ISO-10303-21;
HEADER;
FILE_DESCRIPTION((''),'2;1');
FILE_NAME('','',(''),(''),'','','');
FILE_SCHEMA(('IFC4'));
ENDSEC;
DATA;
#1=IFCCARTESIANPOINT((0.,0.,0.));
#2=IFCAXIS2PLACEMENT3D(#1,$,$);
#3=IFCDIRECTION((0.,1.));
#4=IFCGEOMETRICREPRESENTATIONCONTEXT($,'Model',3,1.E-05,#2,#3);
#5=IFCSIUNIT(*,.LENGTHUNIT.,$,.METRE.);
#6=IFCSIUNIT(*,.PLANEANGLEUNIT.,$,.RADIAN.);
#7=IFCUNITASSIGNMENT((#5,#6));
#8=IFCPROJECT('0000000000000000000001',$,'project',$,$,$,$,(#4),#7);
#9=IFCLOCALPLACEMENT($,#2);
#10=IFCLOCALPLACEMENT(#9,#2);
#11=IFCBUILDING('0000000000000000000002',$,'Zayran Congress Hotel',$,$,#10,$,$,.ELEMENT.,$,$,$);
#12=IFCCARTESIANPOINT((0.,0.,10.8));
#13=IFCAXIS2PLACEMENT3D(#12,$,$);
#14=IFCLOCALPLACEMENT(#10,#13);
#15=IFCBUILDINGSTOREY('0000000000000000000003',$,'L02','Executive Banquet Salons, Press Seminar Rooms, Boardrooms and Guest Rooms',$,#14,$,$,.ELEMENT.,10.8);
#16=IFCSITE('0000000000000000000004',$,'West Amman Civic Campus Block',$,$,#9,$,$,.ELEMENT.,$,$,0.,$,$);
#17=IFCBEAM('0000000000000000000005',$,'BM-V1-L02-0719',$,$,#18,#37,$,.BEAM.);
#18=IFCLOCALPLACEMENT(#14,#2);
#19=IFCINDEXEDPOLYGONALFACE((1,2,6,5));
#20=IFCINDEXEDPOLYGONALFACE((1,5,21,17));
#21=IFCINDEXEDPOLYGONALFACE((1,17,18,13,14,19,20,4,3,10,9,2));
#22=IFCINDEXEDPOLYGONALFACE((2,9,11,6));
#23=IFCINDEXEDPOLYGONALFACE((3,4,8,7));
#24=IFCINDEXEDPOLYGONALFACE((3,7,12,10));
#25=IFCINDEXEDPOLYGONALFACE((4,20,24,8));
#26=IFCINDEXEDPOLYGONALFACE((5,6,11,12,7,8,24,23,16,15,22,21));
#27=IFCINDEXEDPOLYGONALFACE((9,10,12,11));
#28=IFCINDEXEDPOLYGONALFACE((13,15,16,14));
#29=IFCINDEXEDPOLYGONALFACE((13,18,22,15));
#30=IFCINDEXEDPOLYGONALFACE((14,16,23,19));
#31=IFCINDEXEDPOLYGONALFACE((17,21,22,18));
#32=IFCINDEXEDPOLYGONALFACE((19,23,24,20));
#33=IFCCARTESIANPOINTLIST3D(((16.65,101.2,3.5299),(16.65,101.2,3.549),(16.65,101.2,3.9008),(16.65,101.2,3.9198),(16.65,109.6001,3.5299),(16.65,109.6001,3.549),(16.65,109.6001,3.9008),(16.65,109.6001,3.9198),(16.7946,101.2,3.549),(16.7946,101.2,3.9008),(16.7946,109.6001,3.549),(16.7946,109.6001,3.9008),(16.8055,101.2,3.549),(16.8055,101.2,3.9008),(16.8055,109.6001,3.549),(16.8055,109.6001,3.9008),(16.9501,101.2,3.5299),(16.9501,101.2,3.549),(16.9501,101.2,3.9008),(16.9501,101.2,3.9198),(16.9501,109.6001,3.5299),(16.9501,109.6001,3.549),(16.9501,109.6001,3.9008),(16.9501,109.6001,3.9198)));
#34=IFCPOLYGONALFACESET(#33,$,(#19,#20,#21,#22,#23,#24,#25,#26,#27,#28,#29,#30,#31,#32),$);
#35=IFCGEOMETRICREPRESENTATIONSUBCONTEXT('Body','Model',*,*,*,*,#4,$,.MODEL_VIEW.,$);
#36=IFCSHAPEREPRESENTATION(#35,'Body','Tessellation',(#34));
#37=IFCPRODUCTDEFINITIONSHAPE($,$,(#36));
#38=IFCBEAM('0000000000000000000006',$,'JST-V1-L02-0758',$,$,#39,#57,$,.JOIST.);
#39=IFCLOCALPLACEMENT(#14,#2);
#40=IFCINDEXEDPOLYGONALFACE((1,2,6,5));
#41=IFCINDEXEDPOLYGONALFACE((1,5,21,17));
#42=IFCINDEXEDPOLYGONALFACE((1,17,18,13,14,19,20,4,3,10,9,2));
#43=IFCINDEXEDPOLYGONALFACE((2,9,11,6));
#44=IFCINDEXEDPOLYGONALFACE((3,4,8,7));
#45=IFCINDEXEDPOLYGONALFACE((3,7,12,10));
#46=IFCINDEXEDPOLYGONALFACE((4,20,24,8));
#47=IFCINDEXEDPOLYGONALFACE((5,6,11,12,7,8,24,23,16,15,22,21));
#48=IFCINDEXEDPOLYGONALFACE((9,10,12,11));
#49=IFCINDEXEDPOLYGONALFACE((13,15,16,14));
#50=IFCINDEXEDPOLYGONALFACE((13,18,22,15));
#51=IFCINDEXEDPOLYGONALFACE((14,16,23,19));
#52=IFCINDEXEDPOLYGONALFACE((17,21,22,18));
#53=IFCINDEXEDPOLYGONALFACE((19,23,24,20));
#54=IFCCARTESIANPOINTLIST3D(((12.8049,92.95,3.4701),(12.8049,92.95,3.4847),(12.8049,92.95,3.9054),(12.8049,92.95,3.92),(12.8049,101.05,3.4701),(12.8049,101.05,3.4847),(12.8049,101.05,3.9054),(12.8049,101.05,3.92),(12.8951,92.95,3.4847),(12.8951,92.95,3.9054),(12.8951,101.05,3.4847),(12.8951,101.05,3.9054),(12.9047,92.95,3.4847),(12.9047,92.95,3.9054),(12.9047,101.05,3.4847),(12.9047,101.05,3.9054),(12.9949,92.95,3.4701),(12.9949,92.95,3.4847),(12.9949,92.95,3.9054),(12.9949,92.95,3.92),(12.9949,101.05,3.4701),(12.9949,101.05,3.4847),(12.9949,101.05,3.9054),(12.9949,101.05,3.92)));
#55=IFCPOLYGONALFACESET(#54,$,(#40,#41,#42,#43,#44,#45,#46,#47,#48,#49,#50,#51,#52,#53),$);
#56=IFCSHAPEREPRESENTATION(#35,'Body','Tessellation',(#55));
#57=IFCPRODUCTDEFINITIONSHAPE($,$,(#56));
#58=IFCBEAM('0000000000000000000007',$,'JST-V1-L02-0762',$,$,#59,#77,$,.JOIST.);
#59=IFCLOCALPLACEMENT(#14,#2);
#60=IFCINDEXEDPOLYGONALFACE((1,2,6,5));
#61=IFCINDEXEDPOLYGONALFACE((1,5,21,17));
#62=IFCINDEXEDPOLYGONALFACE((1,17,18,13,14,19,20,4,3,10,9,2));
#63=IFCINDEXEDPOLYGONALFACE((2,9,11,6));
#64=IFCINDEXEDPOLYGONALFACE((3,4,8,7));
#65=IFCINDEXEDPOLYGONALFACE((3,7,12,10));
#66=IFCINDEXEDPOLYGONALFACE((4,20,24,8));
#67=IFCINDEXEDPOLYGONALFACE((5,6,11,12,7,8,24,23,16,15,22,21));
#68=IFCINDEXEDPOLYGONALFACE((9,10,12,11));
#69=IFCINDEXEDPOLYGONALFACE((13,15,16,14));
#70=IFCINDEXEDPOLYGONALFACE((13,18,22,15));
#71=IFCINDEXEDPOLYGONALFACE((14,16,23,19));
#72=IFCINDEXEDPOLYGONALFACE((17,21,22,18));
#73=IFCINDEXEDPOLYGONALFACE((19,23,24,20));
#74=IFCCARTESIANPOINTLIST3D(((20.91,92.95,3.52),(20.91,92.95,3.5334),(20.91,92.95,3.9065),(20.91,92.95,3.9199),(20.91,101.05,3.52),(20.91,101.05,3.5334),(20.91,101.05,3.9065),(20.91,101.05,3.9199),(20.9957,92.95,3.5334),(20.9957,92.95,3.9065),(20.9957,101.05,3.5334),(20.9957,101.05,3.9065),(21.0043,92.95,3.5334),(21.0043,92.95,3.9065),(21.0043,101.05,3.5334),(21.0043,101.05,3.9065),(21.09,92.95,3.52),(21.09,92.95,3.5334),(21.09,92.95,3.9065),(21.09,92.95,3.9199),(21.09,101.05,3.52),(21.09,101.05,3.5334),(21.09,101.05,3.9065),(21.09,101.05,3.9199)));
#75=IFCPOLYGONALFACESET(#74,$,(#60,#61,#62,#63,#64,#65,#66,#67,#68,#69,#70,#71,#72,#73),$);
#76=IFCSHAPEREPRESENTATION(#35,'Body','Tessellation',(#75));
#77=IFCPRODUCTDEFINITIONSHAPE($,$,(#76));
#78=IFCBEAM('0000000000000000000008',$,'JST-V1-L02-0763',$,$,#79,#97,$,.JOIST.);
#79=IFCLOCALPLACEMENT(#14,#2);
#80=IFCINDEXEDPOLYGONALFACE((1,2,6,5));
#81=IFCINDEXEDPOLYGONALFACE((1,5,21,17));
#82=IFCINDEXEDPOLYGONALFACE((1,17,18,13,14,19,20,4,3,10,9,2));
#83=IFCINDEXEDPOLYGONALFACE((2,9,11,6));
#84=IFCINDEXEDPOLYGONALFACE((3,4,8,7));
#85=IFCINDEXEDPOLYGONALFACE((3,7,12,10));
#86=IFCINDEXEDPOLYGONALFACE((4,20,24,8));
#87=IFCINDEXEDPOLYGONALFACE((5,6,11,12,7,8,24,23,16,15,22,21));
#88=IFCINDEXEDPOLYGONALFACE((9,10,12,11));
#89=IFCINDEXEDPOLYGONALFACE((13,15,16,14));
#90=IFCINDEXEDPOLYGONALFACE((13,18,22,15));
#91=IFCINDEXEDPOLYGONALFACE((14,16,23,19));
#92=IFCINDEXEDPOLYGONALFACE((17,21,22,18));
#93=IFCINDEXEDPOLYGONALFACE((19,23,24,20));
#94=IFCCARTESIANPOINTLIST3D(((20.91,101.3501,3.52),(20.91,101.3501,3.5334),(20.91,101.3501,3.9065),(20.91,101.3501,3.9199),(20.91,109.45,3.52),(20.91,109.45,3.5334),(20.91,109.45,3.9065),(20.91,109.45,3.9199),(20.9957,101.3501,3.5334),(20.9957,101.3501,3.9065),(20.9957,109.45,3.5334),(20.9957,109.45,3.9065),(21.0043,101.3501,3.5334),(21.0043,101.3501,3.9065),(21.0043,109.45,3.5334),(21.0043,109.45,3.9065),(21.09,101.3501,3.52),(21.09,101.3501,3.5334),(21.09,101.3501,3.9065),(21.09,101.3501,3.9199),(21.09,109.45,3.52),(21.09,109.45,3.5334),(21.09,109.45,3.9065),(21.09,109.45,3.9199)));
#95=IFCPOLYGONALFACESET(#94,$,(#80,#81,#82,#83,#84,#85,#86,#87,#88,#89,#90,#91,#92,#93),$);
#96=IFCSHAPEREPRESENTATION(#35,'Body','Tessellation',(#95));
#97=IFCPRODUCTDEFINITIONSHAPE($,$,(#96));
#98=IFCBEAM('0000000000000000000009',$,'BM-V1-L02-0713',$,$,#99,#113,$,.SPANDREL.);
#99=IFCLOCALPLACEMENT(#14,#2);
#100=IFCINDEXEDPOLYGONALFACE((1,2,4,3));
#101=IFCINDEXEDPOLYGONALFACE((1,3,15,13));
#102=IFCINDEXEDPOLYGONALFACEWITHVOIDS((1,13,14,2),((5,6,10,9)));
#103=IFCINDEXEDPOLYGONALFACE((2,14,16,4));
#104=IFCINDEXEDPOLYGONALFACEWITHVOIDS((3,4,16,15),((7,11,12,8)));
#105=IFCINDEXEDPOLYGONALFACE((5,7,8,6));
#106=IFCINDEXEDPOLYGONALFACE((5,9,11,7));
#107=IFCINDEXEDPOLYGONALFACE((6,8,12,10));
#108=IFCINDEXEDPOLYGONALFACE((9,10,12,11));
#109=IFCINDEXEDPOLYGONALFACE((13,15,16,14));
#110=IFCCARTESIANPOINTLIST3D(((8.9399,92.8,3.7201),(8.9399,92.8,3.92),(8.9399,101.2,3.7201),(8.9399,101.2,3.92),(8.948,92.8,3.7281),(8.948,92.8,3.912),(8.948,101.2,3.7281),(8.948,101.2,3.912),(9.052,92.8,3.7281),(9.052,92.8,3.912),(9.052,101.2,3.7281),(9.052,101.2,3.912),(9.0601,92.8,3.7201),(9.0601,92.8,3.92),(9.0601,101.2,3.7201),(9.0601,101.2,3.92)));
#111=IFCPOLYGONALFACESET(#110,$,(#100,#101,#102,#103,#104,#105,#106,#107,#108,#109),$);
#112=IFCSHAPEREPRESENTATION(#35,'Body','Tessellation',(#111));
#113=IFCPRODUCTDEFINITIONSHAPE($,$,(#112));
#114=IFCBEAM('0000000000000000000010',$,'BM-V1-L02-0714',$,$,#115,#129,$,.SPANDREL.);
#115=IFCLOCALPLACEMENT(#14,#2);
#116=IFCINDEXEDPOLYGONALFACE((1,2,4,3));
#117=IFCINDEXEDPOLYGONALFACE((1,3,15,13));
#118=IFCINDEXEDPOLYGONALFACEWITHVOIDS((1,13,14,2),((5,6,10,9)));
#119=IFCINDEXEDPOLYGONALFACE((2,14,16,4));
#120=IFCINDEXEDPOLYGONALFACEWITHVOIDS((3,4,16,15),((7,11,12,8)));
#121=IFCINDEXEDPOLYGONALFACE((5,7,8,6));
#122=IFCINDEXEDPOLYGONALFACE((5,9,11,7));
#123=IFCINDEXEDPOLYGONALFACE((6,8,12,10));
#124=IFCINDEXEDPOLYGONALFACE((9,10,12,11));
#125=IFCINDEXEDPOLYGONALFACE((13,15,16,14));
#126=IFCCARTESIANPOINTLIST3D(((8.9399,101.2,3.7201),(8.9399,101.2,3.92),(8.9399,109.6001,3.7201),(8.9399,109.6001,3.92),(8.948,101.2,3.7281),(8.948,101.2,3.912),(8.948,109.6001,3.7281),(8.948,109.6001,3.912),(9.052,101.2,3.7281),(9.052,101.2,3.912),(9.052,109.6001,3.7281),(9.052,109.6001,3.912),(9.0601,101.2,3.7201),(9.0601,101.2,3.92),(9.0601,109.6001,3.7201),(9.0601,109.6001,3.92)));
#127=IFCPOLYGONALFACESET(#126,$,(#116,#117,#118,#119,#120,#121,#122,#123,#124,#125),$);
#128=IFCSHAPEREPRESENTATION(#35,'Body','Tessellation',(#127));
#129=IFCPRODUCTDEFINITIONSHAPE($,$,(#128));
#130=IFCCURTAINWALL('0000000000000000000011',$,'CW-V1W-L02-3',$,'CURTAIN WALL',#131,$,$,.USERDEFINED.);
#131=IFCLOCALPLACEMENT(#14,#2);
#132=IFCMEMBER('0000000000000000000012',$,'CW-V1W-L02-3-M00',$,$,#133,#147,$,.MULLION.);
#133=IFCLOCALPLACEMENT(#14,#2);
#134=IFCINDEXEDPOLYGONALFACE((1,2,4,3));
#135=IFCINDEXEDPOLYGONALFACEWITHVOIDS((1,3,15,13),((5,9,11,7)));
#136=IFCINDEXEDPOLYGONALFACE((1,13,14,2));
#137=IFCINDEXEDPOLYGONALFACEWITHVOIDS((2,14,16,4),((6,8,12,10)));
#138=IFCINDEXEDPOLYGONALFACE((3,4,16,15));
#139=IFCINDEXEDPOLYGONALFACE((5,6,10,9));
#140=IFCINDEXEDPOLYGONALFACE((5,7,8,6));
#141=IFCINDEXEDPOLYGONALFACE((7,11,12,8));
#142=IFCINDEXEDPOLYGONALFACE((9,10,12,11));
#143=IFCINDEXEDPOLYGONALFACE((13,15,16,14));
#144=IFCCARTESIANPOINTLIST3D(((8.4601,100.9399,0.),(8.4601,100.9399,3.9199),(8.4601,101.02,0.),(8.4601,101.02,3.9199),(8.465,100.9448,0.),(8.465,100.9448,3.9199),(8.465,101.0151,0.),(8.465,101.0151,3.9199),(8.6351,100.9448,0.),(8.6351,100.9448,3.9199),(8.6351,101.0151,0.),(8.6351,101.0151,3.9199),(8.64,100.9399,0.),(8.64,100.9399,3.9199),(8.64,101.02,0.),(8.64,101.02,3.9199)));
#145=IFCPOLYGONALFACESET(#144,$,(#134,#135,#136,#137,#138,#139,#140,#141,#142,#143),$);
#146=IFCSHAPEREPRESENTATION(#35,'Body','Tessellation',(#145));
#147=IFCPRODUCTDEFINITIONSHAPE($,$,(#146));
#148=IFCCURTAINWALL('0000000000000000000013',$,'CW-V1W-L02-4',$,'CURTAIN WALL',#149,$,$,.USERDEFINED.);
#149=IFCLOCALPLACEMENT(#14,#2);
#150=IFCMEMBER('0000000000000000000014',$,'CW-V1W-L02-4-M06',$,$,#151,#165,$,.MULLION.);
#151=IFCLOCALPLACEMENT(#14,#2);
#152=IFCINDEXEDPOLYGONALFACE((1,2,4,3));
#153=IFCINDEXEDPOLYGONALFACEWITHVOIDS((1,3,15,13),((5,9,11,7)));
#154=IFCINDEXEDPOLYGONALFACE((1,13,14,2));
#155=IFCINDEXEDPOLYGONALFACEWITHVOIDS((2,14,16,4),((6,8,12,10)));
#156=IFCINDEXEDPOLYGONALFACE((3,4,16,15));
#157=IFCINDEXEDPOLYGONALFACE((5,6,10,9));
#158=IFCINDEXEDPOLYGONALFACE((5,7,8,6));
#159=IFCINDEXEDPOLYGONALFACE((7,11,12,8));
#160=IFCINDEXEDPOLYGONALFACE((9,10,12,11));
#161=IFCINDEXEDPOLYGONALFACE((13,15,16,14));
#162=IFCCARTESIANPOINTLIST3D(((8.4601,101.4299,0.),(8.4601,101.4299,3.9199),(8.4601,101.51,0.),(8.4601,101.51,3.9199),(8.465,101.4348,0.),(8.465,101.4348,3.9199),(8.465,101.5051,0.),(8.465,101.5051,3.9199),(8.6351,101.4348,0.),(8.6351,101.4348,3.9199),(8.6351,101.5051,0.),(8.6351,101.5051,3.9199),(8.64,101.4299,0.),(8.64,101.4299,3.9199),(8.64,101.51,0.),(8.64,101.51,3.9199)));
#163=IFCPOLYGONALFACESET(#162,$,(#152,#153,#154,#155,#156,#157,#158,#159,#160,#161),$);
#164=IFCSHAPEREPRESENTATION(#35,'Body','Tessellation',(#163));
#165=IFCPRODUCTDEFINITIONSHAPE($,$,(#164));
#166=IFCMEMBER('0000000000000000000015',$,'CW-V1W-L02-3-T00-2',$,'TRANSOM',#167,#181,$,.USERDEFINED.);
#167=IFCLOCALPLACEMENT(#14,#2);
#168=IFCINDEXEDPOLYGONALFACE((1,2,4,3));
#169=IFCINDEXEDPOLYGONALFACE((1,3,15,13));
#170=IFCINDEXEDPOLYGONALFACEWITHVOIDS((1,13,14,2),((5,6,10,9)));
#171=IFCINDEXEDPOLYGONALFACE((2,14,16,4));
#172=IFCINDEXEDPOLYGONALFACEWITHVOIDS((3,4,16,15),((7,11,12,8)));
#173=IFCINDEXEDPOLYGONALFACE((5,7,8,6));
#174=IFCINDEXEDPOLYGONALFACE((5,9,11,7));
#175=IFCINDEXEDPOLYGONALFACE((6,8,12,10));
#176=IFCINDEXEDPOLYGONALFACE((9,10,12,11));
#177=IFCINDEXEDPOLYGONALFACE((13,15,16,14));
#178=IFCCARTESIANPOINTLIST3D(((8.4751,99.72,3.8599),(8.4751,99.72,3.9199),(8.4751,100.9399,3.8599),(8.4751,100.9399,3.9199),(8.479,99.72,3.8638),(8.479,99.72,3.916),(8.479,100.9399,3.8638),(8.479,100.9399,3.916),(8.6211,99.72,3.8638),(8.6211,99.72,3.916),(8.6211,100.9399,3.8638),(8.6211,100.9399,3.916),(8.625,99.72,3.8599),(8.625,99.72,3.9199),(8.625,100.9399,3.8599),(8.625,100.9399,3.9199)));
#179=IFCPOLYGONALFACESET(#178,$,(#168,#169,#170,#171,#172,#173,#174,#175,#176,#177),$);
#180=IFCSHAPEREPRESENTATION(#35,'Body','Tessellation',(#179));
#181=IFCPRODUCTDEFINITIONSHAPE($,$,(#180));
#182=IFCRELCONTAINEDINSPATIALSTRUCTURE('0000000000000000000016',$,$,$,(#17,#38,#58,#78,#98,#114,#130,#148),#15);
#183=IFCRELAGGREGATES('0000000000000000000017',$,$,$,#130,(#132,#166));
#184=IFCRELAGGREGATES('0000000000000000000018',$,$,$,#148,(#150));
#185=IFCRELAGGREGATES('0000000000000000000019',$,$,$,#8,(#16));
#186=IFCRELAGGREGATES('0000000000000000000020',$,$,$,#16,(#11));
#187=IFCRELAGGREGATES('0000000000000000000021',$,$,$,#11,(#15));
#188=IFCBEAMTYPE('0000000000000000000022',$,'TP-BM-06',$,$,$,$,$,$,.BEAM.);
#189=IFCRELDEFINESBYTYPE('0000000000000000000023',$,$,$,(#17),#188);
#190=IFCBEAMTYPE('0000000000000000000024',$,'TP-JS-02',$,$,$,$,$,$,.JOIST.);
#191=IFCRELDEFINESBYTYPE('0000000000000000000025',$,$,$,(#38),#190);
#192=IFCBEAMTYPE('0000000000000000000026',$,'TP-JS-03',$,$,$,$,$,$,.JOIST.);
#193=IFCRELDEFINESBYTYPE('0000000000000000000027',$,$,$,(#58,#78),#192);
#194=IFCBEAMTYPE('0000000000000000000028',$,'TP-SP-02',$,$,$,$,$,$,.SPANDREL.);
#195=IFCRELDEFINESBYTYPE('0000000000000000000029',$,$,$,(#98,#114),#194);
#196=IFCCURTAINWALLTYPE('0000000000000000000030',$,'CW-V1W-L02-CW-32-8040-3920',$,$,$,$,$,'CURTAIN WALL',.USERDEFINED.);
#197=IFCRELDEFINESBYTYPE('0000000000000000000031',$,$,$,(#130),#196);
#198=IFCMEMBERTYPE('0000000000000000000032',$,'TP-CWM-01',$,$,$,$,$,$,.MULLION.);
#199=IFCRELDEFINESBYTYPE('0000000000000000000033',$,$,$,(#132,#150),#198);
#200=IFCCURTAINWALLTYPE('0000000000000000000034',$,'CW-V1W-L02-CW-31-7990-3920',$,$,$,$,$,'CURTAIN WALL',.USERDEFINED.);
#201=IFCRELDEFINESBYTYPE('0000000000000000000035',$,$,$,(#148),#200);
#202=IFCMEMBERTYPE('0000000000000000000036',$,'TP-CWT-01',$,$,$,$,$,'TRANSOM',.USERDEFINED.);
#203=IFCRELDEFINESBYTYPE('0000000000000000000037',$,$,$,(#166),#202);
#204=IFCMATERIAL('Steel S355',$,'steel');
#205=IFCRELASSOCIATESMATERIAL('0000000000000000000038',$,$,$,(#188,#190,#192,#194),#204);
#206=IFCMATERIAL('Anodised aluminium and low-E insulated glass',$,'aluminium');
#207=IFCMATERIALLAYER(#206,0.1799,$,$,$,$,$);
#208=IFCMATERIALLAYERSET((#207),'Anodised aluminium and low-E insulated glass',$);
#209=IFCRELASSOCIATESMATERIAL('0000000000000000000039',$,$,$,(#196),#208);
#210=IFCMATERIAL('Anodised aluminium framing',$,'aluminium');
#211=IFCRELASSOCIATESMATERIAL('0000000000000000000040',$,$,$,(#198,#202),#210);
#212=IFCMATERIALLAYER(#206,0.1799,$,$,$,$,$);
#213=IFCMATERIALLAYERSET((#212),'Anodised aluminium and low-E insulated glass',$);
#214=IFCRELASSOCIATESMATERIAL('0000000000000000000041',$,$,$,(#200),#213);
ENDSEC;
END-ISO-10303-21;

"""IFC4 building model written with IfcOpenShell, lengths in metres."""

from ifc_helpers import new_model, si_unit, direction, frame, origin, origin_2d, place, context, subcontext, project, spatial, hollow_rectangle, i_section, extrude, material, layer, layer_set, material_profile, profile_set, type_object, element, aggregate, save


model = new_model("IFC4")

# Units and contexts
model_context = context("Model", 3, precision=1e-05, world=origin(), true_north=direction((0.0, 1.0)))
body_context = subcontext(model_context, "Body", "Model", "MODEL_VIEW")
ifc_project = project(units=[si_unit("LENGTHUNIT", "METRE"), si_unit("PLANEANGLEUNIT", "RADIAN")], contexts=[model_context])

# Site, building, storey
site_placement = place(None, origin())
site = spatial("IfcSite", under=ifc_project, at=site_placement, Name="West Amman Civic Campus Block", CompositionType="ELEMENT", RefElevation=0.0)
building_placement = place(site_placement, origin())
building = spatial("IfcBuilding", under=site, at=building_placement, Name="Zayran Congress Hotel", CompositionType="ELEMENT")
storey_placement = place(building_placement, frame((0.0, 0.0, 10.8)))
storey = spatial("IfcBuildingStorey", under=building, at=storey_placement, Name="L02", Description="Executive Banquet Salons, Press Seminar Rooms, Boardrooms and Guest Rooms", CompositionType="ELEMENT", Elevation=10.8)

# Shared definitions
ifc_material_1 = material(Name="Steel S355", Category="steel")

# Beams
ifc_material_profile_1 = material_profile(ifc_material_1, i_section(OverallWidth=0.3, OverallDepth=0.3899, WebThickness=0.011, FlangeThickness=0.019, at=origin_2d()), Name="HEA 400")
ifc_profile_set_1 = profile_set([ifc_material_profile_1], Name="Steel S355")
beam_type_1 = type_object("IfcBeamType", Name="TP-BM-06", PredefinedType="BEAM", material=ifc_profile_set_1)
beam_1_placement = place(storey_placement, frame((16.8, 101.2, 3.7249), z_axis=(0.0, 1.0, 0.0), x_axis=(-1.0, 0.0, 0.0)))
element("IfcBeam", 1, at=beam_1_placement, inside=storey, type_object=beam_type_1, Name="BM-V1-L02-0719", PredefinedType="BEAM", context=body_context, shape_type="SweptSolid", body=[
    extrude(i_section(OverallWidth=0.3, OverallDepth=0.3899, WebThickness=0.011, FlangeThickness=0.019, at=origin_2d()), origin(), (0.0, 0.0, 1.0), 8.4001),
])
ifc_material_profile_2 = material_profile(ifc_material_1, i_section(OverallWidth=0.1899, OverallDepth=0.45, WebThickness=0.0095, FlangeThickness=0.0146, at=origin_2d()), Name="IPE 450")
ifc_profile_set_2 = profile_set([ifc_material_profile_2], Name="Steel S355")
beam_type_2 = type_object("IfcBeamType", Name="TP-JS-02", PredefinedType="JOIST", material=ifc_profile_set_2)
beam_2_placement = place(storey_placement, frame((12.8999, 92.95, 3.6951), z_axis=(0.0, 1.0, 0.0), x_axis=(-1.0, 0.0, 0.0)))
element("IfcBeam", 2, at=beam_2_placement, inside=storey, type_object=beam_type_2, Name="JST-V1-L02-0758", PredefinedType="JOIST", context=body_context, shape_type="SweptSolid", body=[
    extrude(i_section(OverallWidth=0.1899, OverallDepth=0.45, WebThickness=0.0095, FlangeThickness=0.0146, at=origin_2d()), origin(), (0.0, 0.0, 1.0), 8.1001),
])
ifc_material_profile_3 = material_profile(ifc_material_1, i_section(OverallWidth=0.1799, OverallDepth=0.3999, WebThickness=0.0085, FlangeThickness=0.0134, at=origin_2d()), Name="IPE 400")
ifc_profile_set_3 = profile_set([ifc_material_profile_3], Name="Steel S355")
beam_type_3 = type_object("IfcBeamType", Name="TP-JS-03", PredefinedType="JOIST", material=ifc_profile_set_3)
beam_3_placement = place(storey_placement, frame((21.0, 92.95, 3.72), z_axis=(0.0, 1.0, 0.0), x_axis=(-1.0, 0.0, 0.0)))
element("IfcBeam", 3, at=beam_3_placement, inside=storey, type_object=beam_type_3, Name="JST-V1-L02-0762", PredefinedType="JOIST", context=body_context, shape_type="SweptSolid", body=[
    extrude(i_section(OverallWidth=0.1799, OverallDepth=0.3999, WebThickness=0.0085, FlangeThickness=0.0134, at=origin_2d()), origin(), (0.0, 0.0, 1.0), 8.1001),
])
beam_4_placement = place(storey_placement, frame((21.0, 101.3501, 3.72), z_axis=(0.0, 1.0, 0.0), x_axis=(-1.0, 0.0, 0.0)))
element("IfcBeam", 4, at=beam_4_placement, inside=storey, type_object=beam_type_3, Name="JST-V1-L02-0763", PredefinedType="JOIST", context=body_context, shape_type="SweptSolid", body=[
    extrude(i_section(OverallWidth=0.1799, OverallDepth=0.3999, WebThickness=0.0085, FlangeThickness=0.0134, at=origin_2d()), origin(), (0.0, 0.0, 1.0), 8.0999),
])
ifc_material_profile_4 = material_profile(ifc_material_1, hollow_rectangle(XDim=0.1201, YDim=0.2, WallThickness=0.0081, at=origin_2d()), Name="RHS 200x120x8")
ifc_profile_set_4 = profile_set([ifc_material_profile_4], Name="Steel S355")
beam_type_4 = type_object("IfcBeamType", Name="TP-SP-02", PredefinedType="SPANDREL", material=ifc_profile_set_4)
beam_5_placement = place(storey_placement, frame((9.0, 92.8, 3.8201), z_axis=(0.0, 1.0, 0.0), x_axis=(-1.0, 0.0, 0.0)))
element("IfcBeam", 5, at=beam_5_placement, inside=storey, type_object=beam_type_4, Name="BM-V1-L02-0713", PredefinedType="SPANDREL", context=body_context, shape_type="SweptSolid", body=[
    extrude(hollow_rectangle(XDim=0.1201, YDim=0.2, WallThickness=0.0081, at=origin_2d()), origin(), (0.0, 0.0, 1.0), 8.3999),
])
beam_6_placement = place(storey_placement, frame((9.0, 101.2, 3.8201), z_axis=(0.0, 1.0, 0.0), x_axis=(-1.0, 0.0, 0.0)))
element("IfcBeam", 6, at=beam_6_placement, inside=storey, type_object=beam_type_4, Name="BM-V1-L02-0714", PredefinedType="SPANDREL", context=body_context, shape_type="SweptSolid", body=[
    extrude(hollow_rectangle(XDim=0.1201, YDim=0.2, WallThickness=0.0081, at=origin_2d()), origin(), (0.0, 0.0, 1.0), 8.4001),
])

# Curtain walls, members
ifc_material_2 = material(Name="Anodised aluminium and low-E insulated glass", Category="aluminium")
ifc_layer_1 = layer(ifc_material_2, 0.1799)
ifc_layer_set_1 = layer_set([ifc_layer_1], Name="Anodised aluminium and low-E insulated glass")
curtain_wall_type_1 = type_object("IfcCurtainWallType", Name="CW-V1W-L02-CW-32-8040-3920", ElementType="CURTAIN WALL", PredefinedType="USERDEFINED", material=ifc_layer_set_1)
curtain_wall_1_placement = place(storey_placement, origin())
curtain_wall_1 = element("IfcCurtainWall", 7, at=curtain_wall_1_placement, inside=storey, type_object=curtain_wall_type_1, Name="CW-V1W-L02-3", ObjectType="CURTAIN WALL", PredefinedType="USERDEFINED")
ifc_material_3 = material(Name="Anodised aluminium framing", Category="aluminium")
ifc_material_profile_5 = material_profile(ifc_material_3, hollow_rectangle(XDim=0.0801, YDim=0.1799, WallThickness=0.0049, at=origin_2d()), Name="RHS 180x80x5")
ifc_profile_set_5 = profile_set([ifc_material_profile_5], Name="Anodised aluminium framing")
member_type_1 = type_object("IfcMemberType", Name="TP-CWM-01", PredefinedType="MULLION", material=ifc_profile_set_5)
member_1_placement = place(storey_placement, frame((8.55, 100.98, 0.0), z_axis=(0.0, 0.0, 1.0), x_axis=(0.0, 1.0, 0.0)))
member_1 = element("IfcMember", 8, at=member_1_placement, type_object=member_type_1, Name="CW-V1W-L02-3-M00", PredefinedType="MULLION", context=body_context, shape_type="SweptSolid", body=[
    extrude(hollow_rectangle(XDim=0.0801, YDim=0.1799, WallThickness=0.0049, at=origin_2d()), origin(), (0.0, 0.0, 1.0), 3.9199),
])
ifc_layer_2 = layer(ifc_material_2, 0.1799)
ifc_layer_set_2 = layer_set([ifc_layer_2], Name="Anodised aluminium and low-E insulated glass")
curtain_wall_type_2 = type_object("IfcCurtainWallType", Name="CW-V1W-L02-CW-31-7990-3920", ElementType="CURTAIN WALL", PredefinedType="USERDEFINED", material=ifc_layer_set_2)
curtain_wall_2_placement = place(storey_placement, origin())
curtain_wall_2 = element("IfcCurtainWall", 9, at=curtain_wall_2_placement, inside=storey, type_object=curtain_wall_type_2, Name="CW-V1W-L02-4", ObjectType="CURTAIN WALL", PredefinedType="USERDEFINED")
member_2_placement = place(storey_placement, frame((8.55, 101.47, 0.0), z_axis=(0.0, 0.0, 1.0), x_axis=(0.0, 1.0, 0.0)))
member_2 = element("IfcMember", 10, at=member_2_placement, type_object=member_type_1, Name="CW-V1W-L02-4-M06", PredefinedType="MULLION", context=body_context, shape_type="SweptSolid", body=[
    extrude(hollow_rectangle(XDim=0.0801, YDim=0.1799, WallThickness=0.0049, at=origin_2d()), origin(), (0.0, 0.0, 1.0), 3.9199),
])

# Member
ifc_material_profile_6 = material_profile(ifc_material_3, hollow_rectangle(XDim=0.0601, YDim=0.1499, WallThickness=0.0039, at=origin_2d()), Name="RHS 150x60x4")
ifc_profile_set_6 = profile_set([ifc_material_profile_6], Name="Anodised aluminium framing")
member_type_2 = type_object("IfcMemberType", Name="TP-CWT-01", ElementType="TRANSOM", PredefinedType="USERDEFINED", material=ifc_profile_set_6)
member_3_placement = place(storey_placement, frame((8.55, 100.9399, 3.8899), z_axis=(0.0, -1.0, 0.0), x_axis=(0.0, 0.0, 1.0)))
member_3 = element("IfcMember", 11, at=member_3_placement, type_object=member_type_2, Name="CW-V1W-L02-3-T00-2", ObjectType="TRANSOM", PredefinedType="USERDEFINED", context=body_context, shape_type="SweptSolid", body=[
    extrude(hollow_rectangle(XDim=0.0601, YDim=0.1499, WallThickness=0.0039, at=origin_2d()), origin(), (0.0, 0.0, 1.0), 1.22),
])
aggregate(curtain_wall_1, [member_1, member_3])

aggregate(curtain_wall_2, [member_2])

save(model, "model.ifc")
